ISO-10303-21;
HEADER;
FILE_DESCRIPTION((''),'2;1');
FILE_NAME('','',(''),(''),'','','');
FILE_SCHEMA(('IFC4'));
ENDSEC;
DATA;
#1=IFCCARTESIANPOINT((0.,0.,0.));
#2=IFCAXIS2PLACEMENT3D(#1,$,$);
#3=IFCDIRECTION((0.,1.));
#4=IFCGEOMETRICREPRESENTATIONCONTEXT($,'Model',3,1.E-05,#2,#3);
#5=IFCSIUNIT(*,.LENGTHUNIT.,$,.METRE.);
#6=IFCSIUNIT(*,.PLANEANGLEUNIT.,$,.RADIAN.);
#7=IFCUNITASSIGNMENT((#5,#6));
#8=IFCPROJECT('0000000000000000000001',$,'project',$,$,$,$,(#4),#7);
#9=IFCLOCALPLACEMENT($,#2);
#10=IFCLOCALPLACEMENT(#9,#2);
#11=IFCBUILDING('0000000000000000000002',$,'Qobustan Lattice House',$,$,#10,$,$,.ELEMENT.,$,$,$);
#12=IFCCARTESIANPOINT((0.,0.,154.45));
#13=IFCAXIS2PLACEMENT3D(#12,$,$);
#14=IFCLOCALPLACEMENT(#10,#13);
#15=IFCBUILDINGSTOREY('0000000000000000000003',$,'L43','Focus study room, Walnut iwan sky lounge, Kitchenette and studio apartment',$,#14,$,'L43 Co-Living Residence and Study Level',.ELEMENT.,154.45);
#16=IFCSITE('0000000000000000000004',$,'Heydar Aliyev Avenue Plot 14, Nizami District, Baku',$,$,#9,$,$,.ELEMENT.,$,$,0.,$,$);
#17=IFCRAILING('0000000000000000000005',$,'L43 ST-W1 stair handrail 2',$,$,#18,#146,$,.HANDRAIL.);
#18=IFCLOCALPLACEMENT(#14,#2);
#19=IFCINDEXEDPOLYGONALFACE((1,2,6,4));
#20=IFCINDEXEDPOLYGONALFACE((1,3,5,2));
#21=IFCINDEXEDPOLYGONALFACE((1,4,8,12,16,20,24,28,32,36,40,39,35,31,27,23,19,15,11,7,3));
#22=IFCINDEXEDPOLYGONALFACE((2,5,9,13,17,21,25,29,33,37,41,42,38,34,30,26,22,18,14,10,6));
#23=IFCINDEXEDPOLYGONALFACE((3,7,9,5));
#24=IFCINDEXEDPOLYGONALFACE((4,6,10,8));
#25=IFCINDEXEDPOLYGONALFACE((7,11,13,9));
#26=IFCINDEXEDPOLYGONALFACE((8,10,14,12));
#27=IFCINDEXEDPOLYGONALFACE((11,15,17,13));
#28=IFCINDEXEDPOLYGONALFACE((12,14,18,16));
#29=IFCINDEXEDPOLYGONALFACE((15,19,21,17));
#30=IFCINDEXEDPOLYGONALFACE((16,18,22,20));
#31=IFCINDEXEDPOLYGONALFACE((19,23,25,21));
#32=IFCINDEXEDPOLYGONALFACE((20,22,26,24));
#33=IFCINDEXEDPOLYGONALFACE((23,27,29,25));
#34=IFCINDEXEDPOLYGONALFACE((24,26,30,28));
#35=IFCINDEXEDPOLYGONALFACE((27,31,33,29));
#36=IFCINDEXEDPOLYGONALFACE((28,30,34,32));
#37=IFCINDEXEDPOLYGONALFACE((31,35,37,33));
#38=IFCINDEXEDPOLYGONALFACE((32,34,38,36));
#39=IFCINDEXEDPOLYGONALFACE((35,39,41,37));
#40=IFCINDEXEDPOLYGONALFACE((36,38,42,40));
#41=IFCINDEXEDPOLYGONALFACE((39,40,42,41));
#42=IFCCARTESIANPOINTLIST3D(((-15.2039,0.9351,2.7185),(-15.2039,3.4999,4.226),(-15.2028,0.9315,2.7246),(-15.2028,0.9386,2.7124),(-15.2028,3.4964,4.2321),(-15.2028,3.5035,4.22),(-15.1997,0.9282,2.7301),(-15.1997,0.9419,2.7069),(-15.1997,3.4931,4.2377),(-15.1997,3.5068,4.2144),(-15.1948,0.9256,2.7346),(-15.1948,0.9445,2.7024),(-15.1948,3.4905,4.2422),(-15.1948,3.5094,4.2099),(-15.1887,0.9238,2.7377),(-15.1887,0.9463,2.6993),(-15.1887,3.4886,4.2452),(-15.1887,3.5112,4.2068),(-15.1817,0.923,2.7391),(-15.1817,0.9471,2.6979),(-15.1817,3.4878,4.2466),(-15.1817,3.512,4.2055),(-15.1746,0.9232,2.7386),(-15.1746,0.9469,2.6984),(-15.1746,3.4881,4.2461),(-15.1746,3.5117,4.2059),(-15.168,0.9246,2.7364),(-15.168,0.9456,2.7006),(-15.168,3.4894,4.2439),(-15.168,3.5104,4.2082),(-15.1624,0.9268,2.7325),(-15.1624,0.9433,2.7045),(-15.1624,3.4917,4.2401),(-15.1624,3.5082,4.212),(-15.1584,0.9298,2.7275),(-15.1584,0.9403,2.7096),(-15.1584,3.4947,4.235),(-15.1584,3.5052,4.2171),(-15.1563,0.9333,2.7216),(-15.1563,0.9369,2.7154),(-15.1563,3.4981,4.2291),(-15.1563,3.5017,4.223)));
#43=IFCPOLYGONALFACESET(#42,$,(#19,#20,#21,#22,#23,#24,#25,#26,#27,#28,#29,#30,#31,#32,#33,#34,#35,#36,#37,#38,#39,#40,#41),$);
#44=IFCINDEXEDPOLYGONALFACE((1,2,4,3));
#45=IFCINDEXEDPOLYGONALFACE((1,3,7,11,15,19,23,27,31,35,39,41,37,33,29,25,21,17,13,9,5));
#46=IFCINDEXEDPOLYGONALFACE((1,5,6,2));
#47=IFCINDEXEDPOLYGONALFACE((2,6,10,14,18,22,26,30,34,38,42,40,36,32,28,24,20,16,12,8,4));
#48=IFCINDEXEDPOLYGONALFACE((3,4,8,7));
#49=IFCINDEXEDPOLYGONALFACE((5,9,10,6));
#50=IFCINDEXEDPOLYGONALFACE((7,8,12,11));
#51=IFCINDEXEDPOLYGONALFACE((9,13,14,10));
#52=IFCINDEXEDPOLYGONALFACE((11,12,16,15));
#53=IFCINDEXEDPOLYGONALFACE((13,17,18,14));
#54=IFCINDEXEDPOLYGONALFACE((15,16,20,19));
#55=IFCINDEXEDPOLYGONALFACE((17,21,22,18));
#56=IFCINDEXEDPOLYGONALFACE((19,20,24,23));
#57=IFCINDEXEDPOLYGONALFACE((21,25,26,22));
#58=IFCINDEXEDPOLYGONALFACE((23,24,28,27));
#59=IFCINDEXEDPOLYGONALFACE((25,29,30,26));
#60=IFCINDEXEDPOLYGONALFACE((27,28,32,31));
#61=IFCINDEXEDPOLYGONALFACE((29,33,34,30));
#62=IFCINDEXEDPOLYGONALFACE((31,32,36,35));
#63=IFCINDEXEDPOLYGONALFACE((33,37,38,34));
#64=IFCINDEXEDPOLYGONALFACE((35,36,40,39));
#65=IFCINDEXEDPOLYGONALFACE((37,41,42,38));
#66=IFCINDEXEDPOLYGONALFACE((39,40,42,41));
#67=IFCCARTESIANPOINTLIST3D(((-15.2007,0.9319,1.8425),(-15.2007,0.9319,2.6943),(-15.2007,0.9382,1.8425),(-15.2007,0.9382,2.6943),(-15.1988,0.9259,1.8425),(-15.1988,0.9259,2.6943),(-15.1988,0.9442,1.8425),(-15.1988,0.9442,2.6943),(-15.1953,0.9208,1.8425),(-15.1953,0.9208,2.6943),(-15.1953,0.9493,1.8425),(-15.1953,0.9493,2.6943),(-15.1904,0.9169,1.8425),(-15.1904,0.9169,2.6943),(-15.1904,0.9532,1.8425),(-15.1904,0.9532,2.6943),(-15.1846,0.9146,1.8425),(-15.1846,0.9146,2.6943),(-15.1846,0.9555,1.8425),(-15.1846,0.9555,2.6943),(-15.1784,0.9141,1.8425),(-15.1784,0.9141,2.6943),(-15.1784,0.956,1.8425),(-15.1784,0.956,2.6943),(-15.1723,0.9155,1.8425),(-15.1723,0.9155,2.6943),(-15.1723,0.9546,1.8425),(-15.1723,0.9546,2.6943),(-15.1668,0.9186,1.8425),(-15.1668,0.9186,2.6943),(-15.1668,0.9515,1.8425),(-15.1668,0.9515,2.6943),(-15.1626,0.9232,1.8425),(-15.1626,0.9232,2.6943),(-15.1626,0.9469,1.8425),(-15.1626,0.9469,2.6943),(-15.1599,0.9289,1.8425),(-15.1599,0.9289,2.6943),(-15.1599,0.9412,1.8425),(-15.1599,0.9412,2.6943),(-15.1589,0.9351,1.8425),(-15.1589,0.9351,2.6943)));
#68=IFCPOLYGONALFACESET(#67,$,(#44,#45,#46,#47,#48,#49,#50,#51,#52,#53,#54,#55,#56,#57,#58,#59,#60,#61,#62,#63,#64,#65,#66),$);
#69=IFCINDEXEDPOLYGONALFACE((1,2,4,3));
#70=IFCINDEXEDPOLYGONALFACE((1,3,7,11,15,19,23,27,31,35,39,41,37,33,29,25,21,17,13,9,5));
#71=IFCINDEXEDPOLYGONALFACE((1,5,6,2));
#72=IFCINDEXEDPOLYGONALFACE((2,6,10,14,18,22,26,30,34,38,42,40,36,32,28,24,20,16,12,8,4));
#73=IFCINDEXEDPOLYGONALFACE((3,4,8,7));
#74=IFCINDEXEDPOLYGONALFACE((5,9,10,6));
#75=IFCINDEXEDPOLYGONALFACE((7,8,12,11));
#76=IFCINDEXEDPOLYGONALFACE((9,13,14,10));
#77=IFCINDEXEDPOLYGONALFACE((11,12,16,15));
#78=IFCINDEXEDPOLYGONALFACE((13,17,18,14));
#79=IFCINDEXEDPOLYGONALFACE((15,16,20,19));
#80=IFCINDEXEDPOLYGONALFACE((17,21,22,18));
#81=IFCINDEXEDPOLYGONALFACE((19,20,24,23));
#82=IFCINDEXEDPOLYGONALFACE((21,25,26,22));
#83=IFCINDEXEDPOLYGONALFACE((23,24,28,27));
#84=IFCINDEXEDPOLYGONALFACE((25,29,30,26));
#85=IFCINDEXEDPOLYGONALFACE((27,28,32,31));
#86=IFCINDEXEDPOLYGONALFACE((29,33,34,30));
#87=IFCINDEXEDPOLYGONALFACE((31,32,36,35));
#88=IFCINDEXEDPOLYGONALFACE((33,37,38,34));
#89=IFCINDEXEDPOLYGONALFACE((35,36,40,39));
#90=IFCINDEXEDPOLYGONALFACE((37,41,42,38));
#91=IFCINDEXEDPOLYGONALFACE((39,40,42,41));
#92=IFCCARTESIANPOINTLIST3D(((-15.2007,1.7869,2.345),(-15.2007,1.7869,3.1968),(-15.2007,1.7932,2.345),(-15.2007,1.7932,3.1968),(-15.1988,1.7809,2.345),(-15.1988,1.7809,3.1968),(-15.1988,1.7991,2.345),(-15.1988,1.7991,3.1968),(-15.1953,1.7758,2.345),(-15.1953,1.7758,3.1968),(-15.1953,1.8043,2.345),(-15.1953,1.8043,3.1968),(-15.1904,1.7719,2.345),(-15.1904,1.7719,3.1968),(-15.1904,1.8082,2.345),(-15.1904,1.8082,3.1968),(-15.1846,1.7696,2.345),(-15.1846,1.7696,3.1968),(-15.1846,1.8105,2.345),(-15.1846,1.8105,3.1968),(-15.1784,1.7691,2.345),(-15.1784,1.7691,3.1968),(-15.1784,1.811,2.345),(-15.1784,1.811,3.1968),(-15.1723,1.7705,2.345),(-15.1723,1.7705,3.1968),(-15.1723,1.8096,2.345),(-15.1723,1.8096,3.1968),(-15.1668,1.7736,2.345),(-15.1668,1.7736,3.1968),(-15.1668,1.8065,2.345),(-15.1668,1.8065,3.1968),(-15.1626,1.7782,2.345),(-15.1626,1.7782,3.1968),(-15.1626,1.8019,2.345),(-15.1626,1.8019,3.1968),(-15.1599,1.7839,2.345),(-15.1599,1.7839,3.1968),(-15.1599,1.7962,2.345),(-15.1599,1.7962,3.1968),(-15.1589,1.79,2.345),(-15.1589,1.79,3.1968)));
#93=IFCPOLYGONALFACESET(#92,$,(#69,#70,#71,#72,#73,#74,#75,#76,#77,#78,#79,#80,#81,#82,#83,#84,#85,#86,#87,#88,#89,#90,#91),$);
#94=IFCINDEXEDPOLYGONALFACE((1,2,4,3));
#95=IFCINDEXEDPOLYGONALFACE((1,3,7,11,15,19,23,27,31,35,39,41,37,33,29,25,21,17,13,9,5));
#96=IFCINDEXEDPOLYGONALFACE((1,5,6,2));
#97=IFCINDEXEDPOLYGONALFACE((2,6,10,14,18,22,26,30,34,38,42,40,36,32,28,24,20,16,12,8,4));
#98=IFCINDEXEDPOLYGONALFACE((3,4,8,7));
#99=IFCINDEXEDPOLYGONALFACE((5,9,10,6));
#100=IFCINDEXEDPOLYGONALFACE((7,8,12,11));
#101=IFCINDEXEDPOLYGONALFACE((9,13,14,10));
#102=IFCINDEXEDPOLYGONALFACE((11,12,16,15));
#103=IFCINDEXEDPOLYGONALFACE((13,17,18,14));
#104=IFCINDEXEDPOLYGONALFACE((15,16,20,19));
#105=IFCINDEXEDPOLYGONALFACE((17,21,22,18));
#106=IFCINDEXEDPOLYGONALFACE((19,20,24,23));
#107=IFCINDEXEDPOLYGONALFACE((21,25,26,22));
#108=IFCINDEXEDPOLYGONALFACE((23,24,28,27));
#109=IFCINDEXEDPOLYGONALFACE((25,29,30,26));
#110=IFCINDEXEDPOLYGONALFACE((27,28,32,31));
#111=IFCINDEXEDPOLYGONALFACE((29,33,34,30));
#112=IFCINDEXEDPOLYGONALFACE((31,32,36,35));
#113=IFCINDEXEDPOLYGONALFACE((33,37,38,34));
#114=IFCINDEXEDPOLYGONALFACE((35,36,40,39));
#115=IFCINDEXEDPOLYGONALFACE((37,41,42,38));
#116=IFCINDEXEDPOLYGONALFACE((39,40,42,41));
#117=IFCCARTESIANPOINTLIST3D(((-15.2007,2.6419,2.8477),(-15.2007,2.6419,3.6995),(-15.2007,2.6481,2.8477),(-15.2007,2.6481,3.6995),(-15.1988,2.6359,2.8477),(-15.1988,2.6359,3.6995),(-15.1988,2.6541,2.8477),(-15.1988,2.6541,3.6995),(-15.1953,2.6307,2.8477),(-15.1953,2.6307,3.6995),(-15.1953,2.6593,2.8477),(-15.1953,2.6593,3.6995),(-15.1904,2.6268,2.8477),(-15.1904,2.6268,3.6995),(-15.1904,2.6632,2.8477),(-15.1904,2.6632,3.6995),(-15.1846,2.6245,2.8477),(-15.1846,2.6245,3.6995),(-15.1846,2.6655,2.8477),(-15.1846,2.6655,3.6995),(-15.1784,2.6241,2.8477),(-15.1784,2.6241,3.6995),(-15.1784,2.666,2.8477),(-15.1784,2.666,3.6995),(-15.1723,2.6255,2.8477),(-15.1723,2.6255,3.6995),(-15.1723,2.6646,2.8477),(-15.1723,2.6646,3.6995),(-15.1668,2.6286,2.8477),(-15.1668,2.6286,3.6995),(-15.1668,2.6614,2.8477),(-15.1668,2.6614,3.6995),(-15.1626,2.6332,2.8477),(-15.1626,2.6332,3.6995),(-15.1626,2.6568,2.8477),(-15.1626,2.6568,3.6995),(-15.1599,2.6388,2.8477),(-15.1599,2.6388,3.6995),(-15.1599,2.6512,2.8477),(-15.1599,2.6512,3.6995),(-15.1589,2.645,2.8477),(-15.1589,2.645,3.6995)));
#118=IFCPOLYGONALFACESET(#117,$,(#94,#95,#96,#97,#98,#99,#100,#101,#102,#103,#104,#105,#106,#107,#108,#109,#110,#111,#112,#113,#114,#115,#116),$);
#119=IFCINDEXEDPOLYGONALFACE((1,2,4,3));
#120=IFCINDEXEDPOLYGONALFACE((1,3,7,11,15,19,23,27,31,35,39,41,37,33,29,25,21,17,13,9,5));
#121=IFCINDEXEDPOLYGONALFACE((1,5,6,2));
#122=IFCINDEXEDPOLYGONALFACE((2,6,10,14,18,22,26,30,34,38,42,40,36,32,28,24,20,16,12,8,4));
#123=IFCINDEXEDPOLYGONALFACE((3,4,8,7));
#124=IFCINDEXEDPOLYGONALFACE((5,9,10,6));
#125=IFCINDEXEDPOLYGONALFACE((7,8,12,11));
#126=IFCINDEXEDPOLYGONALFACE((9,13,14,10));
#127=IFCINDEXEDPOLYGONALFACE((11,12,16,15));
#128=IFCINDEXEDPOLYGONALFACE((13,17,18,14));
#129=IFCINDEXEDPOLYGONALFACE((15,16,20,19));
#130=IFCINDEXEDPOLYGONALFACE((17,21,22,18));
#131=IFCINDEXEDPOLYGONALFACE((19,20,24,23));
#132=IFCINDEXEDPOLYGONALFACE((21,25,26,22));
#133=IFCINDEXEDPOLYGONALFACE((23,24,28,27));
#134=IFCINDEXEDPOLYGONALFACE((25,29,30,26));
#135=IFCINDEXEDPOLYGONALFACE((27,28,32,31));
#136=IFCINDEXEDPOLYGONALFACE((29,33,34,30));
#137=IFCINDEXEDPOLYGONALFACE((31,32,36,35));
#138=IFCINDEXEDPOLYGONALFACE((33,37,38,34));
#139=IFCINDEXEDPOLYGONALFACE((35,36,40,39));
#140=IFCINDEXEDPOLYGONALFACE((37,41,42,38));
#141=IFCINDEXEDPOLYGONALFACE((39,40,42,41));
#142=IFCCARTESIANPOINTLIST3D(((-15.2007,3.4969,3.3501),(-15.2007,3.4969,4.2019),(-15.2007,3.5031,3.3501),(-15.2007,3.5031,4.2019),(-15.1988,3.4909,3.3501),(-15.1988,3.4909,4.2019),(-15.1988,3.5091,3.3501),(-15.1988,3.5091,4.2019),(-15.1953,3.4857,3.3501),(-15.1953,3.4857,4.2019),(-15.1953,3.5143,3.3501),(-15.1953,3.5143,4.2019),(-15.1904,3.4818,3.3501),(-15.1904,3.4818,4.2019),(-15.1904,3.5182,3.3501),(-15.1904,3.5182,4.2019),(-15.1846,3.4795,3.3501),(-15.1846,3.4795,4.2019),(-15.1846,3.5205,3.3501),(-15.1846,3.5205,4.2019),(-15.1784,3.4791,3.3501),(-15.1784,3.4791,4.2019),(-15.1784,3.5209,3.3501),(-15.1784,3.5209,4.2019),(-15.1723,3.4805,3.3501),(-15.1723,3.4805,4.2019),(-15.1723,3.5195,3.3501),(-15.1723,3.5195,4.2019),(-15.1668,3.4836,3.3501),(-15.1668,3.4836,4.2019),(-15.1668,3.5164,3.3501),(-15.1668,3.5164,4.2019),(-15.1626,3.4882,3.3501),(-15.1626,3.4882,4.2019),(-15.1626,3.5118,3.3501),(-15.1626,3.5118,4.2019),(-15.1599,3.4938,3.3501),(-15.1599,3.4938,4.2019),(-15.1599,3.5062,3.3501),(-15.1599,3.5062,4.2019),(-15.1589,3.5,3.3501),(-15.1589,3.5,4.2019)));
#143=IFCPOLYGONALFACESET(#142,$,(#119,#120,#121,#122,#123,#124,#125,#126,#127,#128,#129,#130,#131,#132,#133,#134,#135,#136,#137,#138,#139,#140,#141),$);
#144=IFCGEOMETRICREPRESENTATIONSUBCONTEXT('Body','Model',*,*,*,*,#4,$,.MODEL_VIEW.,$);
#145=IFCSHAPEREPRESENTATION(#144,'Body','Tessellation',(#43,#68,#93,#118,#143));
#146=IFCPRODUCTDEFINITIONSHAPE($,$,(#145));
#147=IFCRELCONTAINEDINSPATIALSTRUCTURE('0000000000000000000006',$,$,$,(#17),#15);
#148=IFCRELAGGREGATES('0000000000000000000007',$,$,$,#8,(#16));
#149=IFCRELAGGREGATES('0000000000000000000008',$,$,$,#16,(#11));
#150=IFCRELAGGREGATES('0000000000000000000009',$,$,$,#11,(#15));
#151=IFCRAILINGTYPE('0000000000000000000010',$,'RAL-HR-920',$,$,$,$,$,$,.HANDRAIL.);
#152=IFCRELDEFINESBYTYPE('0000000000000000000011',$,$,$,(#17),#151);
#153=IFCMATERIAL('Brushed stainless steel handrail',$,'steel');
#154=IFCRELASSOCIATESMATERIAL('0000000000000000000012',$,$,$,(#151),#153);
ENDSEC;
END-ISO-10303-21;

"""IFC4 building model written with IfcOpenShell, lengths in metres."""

from ifc_helpers import new_model, si_unit, direction, frame, origin, origin_2d, place, context, subcontext, project, spatial, circle, extrude, material, type_object, element, save


model = new_model("IFC4")

# Units and contexts
model_context = context("Model", 3, precision=1e-05, world=origin(), true_north=direction((0.0, 1.0)))
body_context = subcontext(model_context, "Body", "Model", "MODEL_VIEW")
ifc_project = project(units=[si_unit("LENGTHUNIT", "METRE"), si_unit("PLANEANGLEUNIT", "RADIAN")], contexts=[model_context])

# Site, building, storey
site_placement = place(None, origin())
site = spatial("IfcSite", under=ifc_project, at=site_placement, Name="Heydar Aliyev Avenue Plot 14, Nizami District, Baku", CompositionType="ELEMENT", RefElevation=0.0)
building_placement = place(site_placement, origin())
building = spatial("IfcBuilding", under=site, at=building_placement, Name="Qobustan Lattice House", CompositionType="ELEMENT")
storey_placement = place(building_placement, frame((0.0, 0.0, 154.45)))
storey = spatial("IfcBuildingStorey", under=building, at=storey_placement, Name="L43", Description="Focus study room, Walnut iwan sky lounge, Kitchenette and studio apartment", LongName="L43 Co-Living Residence and Study Level", CompositionType="ELEMENT", Elevation=154.45)

# Railing
ifc_material_1 = material(Name="Brushed stainless steel handrail", Category="steel")
railing_type_1 = type_object("IfcRailingType", Name="RAL-HR-920", PredefinedType="HANDRAIL", material=ifc_material_1)
railing_1_placement = place(storey_placement, frame((-15.1799, 0.9351, 1.8425)))
element("IfcRailing", 1, at=railing_1_placement, inside=storey, type_object=railing_type_1, Name="L43 ST-W1 stair handrail 2", PredefinedType="HANDRAIL", context=body_context, shape_type="SweptSolid", body=[
    extrude(circle(Radius=0.0239, at=origin_2d()), frame((0.0, 0.0, 0.876), z_axis=(0.0, 0.862113, 0.506715), x_axis=(-1.0, 0.0, 0.0)), (0.0, 0.0, 1.0), 2.9751),
    extrude(circle(Radius=0.021, at=origin_2d()), origin(), (0.0, 0.0, 1.0), 0.8518),
    extrude(circle(Radius=0.021, at=origin_2d()), frame((0.0, 0.855, 0.5024)), (0.0, 0.0, 1.0), 0.8518),
    extrude(circle(Radius=0.021, at=origin_2d()), frame((0.0, 1.71, 1.0051)), (0.0, 0.0, 1.0), 0.8518),
    extrude(circle(Radius=0.021, at=origin_2d()), frame((0.0, 2.5649, 1.5076)), (0.0, 0.0, 1.0), 0.8518),
])

save(model, "model.ifc")
